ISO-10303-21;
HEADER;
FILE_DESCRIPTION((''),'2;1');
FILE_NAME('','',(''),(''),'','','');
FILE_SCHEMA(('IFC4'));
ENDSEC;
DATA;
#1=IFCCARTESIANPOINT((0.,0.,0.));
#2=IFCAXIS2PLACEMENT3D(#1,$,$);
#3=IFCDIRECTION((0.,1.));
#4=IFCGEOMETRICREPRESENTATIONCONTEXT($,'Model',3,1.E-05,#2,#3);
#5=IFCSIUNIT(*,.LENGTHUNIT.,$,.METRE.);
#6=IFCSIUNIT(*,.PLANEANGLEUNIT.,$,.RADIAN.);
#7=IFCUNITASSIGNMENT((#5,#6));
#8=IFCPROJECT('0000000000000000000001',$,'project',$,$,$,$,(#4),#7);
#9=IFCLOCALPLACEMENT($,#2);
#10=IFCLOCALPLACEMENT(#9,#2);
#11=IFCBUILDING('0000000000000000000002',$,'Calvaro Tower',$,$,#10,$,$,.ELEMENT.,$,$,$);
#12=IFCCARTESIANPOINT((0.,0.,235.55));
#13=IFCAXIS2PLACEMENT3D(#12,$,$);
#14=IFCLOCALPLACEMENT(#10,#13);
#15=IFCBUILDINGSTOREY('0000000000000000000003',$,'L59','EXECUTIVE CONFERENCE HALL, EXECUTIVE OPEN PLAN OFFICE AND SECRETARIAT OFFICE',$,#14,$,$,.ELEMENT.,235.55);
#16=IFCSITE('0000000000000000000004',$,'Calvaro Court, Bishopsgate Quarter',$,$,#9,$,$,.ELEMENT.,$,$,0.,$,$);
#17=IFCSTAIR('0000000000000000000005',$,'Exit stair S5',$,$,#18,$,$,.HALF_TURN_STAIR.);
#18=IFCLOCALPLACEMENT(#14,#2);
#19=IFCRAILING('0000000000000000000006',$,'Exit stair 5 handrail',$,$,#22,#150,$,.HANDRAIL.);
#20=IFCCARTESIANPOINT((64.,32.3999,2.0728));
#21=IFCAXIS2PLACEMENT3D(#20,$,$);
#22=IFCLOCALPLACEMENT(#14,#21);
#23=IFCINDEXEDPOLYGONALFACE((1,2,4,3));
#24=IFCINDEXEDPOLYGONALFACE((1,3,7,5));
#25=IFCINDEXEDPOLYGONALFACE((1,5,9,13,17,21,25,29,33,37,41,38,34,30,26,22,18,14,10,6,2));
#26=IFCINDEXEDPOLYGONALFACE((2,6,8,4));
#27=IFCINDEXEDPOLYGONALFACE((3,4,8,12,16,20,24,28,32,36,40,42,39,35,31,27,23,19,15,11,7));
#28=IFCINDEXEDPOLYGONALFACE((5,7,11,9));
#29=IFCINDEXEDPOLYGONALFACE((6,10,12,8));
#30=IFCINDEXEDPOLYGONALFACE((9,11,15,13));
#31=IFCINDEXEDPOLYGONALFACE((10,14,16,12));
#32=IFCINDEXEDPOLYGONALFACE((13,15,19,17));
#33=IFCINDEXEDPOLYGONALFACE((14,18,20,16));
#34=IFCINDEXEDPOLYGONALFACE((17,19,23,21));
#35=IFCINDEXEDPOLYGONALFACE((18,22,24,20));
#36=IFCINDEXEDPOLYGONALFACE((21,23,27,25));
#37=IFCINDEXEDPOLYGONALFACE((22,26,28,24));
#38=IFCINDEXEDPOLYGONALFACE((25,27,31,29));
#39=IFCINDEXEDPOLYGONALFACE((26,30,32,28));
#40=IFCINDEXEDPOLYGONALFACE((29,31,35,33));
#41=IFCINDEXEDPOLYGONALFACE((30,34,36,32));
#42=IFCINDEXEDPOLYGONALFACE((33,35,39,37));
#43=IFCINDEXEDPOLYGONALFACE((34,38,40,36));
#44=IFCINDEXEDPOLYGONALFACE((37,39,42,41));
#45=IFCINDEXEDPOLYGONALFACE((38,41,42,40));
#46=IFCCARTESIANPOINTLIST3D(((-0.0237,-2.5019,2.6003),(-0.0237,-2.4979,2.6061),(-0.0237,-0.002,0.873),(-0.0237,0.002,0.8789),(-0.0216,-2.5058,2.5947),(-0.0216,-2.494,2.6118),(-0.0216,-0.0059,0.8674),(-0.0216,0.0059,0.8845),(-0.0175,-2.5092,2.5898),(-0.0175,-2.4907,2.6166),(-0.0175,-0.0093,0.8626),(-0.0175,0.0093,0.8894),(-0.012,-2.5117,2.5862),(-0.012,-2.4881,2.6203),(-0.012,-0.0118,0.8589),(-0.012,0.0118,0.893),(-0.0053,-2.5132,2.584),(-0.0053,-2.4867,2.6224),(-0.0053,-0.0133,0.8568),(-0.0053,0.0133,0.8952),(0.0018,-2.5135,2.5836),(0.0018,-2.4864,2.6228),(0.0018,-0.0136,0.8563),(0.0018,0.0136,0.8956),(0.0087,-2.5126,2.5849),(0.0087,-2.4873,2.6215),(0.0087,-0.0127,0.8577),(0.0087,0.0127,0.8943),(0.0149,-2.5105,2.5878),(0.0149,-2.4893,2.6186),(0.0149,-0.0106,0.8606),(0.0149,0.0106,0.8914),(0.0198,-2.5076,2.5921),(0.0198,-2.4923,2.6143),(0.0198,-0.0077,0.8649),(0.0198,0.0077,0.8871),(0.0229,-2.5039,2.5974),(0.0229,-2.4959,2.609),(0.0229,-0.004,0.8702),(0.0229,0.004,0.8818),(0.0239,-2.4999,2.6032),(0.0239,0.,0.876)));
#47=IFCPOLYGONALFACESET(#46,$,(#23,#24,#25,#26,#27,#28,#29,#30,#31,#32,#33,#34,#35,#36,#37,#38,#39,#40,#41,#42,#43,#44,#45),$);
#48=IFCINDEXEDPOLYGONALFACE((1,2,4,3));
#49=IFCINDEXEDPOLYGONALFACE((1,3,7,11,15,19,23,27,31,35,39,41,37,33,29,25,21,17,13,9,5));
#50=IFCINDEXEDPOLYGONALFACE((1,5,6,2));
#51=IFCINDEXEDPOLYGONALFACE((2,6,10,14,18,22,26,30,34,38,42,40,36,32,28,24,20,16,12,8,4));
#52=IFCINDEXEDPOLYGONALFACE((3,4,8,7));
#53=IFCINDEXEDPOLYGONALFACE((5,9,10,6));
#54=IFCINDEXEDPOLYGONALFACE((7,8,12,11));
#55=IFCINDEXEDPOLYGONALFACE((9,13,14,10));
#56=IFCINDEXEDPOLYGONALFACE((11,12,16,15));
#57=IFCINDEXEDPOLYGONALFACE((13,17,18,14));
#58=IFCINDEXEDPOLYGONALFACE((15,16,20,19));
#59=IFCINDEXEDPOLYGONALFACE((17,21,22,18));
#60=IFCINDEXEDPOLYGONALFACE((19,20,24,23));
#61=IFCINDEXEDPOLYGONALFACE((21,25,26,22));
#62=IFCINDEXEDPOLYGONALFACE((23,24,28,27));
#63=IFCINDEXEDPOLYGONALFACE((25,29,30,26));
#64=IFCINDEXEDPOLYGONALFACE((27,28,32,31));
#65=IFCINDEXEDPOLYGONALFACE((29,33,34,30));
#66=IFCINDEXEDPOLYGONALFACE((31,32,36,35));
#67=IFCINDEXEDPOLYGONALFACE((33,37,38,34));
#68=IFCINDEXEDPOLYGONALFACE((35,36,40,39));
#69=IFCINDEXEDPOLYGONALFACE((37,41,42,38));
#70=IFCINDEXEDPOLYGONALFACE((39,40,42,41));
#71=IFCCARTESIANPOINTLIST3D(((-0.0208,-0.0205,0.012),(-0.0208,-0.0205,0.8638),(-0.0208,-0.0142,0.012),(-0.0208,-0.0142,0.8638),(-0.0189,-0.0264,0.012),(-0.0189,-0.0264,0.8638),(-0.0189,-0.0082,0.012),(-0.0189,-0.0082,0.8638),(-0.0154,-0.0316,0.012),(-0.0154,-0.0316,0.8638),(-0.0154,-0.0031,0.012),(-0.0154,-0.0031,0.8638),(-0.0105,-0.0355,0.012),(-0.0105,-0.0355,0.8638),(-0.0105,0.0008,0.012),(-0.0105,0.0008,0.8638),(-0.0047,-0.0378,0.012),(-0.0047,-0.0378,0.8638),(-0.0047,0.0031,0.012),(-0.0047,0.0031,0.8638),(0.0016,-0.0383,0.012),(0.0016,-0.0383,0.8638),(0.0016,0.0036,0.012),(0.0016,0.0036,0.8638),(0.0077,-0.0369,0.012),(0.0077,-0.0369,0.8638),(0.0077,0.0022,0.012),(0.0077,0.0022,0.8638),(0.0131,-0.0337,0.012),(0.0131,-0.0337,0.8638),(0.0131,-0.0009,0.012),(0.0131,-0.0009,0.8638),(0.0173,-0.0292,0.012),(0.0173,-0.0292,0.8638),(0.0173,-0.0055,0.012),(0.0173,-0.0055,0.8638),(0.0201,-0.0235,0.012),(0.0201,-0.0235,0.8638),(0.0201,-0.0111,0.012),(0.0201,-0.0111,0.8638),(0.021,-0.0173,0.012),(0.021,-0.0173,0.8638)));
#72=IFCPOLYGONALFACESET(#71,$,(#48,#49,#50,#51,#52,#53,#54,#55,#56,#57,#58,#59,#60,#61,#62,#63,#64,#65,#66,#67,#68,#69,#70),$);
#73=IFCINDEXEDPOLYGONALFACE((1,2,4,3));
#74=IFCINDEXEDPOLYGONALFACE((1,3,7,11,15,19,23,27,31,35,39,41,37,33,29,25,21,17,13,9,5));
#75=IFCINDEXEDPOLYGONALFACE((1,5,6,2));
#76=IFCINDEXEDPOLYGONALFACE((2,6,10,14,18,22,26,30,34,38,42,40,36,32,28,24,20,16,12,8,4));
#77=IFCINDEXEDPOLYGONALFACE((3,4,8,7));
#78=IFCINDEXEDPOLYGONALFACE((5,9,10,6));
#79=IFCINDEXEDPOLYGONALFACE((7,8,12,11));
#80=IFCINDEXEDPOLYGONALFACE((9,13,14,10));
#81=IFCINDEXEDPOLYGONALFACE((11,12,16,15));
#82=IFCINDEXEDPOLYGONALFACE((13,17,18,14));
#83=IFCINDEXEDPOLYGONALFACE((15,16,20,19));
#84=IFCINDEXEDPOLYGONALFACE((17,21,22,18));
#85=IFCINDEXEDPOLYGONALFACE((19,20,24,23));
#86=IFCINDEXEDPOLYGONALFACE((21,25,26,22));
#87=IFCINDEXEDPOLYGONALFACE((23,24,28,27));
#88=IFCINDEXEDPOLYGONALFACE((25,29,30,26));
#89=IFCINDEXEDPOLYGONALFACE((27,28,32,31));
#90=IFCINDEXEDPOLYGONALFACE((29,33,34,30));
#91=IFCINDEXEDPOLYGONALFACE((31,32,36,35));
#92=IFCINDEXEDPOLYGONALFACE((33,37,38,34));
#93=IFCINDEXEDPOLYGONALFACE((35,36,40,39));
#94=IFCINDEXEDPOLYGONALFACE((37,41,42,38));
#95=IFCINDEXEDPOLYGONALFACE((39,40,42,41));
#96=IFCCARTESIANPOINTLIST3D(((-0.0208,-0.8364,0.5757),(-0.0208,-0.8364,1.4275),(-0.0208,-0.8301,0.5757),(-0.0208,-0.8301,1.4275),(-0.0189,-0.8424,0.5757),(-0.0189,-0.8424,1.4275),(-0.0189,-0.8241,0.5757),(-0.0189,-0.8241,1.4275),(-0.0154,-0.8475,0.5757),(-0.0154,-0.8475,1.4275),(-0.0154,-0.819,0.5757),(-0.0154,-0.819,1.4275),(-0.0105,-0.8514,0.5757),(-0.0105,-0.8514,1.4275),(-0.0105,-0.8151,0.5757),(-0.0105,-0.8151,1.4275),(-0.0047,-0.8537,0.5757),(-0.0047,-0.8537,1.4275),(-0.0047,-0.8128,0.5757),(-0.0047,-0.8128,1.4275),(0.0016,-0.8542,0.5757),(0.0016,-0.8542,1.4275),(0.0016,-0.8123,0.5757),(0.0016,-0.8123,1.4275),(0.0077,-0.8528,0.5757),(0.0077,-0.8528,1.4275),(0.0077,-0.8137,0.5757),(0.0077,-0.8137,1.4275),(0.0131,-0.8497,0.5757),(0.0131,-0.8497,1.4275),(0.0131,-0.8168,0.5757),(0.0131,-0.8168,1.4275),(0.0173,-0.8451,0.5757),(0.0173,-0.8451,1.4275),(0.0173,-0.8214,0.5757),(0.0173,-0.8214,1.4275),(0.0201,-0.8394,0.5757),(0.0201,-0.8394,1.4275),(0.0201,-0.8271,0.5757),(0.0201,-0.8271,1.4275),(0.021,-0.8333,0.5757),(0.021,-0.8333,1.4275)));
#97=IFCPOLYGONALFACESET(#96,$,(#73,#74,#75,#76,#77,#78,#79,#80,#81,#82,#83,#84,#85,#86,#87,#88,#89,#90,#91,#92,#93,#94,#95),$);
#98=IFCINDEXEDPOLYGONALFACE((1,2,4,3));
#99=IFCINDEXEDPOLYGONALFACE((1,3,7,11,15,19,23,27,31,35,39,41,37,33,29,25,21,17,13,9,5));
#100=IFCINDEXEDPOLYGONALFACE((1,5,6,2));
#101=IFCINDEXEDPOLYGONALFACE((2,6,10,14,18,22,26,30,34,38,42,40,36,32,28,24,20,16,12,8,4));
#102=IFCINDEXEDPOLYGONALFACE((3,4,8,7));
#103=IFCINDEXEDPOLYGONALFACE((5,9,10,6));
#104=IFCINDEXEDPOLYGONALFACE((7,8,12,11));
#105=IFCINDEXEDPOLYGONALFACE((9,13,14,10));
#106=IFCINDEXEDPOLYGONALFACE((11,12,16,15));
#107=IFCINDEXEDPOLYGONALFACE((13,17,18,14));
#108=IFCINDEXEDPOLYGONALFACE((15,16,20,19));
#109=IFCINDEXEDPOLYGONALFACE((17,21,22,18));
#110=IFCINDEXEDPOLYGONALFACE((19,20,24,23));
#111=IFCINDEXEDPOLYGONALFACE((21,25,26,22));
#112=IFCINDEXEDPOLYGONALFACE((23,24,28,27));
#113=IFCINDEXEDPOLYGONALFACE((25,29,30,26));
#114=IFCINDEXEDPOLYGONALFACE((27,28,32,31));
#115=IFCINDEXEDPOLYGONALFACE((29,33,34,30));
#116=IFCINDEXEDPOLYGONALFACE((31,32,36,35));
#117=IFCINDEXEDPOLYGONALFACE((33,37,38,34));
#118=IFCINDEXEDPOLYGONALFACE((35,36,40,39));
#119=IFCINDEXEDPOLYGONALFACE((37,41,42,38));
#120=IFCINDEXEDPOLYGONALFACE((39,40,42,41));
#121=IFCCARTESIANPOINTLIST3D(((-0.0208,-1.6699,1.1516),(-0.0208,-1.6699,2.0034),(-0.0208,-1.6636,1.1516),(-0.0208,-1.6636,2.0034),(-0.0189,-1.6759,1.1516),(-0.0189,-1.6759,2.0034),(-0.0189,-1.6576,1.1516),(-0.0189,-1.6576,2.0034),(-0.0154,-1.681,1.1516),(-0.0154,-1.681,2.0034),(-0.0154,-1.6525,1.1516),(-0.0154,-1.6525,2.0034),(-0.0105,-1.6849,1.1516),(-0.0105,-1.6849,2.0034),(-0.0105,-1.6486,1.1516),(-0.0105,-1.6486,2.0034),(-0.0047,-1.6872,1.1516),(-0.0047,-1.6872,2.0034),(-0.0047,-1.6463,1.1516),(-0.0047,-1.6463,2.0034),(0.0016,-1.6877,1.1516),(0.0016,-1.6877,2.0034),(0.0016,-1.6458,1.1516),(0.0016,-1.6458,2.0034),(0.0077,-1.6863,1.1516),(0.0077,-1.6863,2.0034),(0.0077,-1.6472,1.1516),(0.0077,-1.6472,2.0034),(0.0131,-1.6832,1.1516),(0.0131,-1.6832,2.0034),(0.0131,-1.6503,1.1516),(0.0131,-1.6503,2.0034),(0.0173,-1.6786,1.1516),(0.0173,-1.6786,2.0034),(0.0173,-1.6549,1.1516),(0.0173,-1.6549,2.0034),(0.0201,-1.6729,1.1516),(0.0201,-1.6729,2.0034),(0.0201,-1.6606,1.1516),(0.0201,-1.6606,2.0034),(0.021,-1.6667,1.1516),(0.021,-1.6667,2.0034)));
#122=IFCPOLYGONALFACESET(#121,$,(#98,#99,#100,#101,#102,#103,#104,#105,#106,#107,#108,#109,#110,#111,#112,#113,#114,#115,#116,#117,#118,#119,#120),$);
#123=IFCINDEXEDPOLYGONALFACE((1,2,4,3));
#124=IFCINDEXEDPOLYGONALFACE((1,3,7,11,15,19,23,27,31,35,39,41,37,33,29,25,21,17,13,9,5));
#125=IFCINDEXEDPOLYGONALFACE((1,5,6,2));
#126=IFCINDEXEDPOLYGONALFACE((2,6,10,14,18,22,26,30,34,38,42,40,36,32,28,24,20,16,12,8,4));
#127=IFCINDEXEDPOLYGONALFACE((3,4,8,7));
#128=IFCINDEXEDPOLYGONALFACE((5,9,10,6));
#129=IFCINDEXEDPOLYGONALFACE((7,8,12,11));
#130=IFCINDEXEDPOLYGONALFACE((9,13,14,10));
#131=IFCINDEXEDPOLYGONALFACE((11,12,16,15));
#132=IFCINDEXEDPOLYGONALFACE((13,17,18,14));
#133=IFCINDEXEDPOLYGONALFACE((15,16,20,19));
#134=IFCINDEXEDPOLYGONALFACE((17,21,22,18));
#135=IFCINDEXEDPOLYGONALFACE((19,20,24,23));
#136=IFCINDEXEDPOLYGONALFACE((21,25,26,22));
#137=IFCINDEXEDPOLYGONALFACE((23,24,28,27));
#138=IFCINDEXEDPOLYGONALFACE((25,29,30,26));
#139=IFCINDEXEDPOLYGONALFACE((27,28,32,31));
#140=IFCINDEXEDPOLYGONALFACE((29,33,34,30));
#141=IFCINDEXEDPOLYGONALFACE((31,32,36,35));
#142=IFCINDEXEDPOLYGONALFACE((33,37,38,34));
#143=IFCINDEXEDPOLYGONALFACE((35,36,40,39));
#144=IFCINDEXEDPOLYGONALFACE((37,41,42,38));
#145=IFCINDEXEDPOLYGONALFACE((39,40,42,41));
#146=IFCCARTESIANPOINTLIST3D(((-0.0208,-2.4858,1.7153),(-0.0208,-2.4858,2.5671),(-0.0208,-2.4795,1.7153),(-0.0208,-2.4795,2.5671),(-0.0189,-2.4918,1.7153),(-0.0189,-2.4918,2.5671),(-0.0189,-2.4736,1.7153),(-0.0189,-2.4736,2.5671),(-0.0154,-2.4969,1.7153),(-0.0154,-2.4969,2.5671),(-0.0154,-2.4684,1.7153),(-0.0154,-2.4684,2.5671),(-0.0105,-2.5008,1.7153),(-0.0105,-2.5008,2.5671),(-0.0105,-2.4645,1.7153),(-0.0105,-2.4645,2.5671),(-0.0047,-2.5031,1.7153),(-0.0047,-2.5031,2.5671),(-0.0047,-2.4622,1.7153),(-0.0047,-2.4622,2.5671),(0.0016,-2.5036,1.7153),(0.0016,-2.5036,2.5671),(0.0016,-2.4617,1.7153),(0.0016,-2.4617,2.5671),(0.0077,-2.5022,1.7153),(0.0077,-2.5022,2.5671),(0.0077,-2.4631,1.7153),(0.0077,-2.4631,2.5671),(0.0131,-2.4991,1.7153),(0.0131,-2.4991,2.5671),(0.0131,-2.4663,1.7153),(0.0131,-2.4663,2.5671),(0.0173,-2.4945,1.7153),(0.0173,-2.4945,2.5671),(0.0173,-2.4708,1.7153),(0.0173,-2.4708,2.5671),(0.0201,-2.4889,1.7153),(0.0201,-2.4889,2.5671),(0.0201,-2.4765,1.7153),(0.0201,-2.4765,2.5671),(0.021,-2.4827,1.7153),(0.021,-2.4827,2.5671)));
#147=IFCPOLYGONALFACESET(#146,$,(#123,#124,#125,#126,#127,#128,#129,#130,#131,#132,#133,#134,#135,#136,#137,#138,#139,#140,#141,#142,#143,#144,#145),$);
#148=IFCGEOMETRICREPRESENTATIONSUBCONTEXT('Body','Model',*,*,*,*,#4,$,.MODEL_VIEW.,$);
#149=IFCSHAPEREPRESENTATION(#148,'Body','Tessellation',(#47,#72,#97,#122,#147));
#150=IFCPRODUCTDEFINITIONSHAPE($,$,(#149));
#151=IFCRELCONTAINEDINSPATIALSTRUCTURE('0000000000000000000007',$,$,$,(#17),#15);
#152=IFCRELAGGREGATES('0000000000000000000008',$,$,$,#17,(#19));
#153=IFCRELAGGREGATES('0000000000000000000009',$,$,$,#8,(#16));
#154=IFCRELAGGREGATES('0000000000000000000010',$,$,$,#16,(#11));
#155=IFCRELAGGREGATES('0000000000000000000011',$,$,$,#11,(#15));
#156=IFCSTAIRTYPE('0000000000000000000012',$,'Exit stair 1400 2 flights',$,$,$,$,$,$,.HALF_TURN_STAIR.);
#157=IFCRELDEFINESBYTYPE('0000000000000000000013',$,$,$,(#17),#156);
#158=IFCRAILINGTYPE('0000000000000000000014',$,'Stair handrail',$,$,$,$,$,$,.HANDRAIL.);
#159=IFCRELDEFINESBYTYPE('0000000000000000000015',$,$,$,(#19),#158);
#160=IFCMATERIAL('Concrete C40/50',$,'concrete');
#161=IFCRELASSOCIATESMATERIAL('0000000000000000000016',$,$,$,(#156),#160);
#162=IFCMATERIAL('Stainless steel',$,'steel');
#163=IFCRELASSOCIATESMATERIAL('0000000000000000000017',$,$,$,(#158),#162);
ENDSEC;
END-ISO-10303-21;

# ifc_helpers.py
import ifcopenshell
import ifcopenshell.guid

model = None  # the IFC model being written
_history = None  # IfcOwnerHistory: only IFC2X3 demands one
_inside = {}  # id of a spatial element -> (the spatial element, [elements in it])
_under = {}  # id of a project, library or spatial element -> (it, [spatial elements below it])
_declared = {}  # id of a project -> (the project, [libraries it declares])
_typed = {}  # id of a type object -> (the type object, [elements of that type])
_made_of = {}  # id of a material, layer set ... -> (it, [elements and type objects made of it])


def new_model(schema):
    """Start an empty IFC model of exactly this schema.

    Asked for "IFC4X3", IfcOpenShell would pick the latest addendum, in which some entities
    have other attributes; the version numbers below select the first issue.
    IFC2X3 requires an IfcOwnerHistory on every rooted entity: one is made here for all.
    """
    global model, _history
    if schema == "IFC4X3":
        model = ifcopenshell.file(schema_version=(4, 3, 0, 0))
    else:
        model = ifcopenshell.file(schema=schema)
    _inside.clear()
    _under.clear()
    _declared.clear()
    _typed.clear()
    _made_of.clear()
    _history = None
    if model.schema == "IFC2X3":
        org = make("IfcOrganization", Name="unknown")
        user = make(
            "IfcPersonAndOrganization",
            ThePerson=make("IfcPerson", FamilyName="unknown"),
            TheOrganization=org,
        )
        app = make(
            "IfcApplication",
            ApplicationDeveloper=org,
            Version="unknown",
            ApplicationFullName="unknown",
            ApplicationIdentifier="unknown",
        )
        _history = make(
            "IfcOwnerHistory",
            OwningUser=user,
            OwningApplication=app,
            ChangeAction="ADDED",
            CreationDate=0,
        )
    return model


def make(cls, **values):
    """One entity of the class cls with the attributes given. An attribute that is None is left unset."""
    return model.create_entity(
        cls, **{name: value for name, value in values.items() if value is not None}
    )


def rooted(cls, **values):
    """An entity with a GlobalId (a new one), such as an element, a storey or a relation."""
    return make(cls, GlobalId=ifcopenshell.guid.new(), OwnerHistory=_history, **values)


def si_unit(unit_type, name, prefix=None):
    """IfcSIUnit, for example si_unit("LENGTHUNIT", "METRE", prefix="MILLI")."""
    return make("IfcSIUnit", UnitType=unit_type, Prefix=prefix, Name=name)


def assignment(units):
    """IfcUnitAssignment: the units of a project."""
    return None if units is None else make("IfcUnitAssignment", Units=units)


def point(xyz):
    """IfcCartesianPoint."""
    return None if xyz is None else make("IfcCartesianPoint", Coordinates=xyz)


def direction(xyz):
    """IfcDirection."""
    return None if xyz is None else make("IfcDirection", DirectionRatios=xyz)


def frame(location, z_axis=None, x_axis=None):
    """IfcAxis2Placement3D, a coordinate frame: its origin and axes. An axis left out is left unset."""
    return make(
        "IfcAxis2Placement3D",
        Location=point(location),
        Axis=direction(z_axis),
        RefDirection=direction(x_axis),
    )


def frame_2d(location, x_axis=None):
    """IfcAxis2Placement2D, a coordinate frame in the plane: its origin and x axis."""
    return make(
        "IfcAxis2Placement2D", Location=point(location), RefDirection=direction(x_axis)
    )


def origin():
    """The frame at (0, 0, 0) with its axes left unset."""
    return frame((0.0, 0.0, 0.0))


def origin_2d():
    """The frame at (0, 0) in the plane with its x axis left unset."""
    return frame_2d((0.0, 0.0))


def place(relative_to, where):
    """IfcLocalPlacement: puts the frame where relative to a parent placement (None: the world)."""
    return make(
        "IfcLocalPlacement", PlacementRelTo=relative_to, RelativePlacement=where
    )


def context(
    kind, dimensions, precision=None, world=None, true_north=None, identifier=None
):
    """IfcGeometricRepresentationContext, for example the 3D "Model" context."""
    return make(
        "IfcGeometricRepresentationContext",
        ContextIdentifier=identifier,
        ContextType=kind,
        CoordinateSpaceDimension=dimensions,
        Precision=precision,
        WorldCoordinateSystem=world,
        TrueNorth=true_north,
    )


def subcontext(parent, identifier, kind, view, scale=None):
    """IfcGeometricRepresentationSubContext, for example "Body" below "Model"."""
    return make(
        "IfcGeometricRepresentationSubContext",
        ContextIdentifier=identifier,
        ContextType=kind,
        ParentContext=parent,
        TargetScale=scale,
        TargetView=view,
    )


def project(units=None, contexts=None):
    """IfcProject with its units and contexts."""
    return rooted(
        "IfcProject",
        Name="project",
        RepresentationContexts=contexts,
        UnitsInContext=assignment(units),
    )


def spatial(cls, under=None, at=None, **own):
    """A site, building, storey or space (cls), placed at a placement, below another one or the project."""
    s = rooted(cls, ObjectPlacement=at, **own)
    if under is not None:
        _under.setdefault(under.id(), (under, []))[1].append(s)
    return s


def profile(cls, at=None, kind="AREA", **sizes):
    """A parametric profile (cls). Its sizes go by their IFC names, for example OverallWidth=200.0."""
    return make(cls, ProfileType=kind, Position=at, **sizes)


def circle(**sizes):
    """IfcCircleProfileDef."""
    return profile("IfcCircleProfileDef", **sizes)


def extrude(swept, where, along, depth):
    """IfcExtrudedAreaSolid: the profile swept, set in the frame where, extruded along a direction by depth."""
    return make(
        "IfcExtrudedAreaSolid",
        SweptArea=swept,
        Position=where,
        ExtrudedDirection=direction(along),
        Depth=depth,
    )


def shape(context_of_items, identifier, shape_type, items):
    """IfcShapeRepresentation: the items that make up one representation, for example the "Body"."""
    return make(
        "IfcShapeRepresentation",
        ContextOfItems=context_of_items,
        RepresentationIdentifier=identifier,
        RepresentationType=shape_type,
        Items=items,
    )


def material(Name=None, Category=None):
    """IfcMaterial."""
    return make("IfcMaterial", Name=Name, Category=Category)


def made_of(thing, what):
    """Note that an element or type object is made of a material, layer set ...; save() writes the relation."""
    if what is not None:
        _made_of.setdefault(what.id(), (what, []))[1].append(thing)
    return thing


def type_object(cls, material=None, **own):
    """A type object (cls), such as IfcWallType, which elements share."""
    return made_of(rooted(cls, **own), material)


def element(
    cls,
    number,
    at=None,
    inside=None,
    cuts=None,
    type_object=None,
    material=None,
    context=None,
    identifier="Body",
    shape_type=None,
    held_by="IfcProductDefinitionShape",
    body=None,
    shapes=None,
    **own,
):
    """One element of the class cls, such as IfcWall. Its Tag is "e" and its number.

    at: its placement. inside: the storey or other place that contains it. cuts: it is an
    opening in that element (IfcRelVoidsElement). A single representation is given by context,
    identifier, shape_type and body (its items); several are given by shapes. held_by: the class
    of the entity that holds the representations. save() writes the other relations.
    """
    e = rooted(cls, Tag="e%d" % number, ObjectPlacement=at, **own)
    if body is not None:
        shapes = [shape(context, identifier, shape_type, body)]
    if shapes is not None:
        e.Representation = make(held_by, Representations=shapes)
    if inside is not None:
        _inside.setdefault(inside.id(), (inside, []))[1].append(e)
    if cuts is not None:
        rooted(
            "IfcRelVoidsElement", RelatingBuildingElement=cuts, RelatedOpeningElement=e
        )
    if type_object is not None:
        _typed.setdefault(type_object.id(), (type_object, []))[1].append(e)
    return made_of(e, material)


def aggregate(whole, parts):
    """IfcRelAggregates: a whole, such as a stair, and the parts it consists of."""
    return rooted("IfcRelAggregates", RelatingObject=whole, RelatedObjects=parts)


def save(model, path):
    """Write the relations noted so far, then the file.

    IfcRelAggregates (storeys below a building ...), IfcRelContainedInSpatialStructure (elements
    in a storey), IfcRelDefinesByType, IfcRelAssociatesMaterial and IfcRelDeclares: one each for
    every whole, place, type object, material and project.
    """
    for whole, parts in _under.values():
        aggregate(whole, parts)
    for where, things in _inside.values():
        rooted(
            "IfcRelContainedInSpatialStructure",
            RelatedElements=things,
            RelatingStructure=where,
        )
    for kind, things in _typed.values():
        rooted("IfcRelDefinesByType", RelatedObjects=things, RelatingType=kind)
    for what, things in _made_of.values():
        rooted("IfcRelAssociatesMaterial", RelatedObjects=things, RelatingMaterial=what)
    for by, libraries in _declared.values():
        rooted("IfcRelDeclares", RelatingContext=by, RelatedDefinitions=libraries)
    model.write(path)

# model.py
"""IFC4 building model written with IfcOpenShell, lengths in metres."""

from ifc_helpers import new_model, si_unit, direction, frame, origin, origin_2d, place, context, subcontext, project, spatial, circle, extrude, material, type_object, element, aggregate, save


model = new_model("IFC4")

# Units and contexts
model_context = context("Model", 3, precision=1e-05, world=origin(), true_north=direction((0.0, 1.0)))
body_context = subcontext(model_context, "Body", "Model", "MODEL_VIEW")
ifc_project = project(units=[si_unit("LENGTHUNIT", "METRE"), si_unit("PLANEANGLEUNIT", "RADIAN")], contexts=[model_context])

# Site, building, storey
site_placement = place(None, origin())
site = spatial("IfcSite", under=ifc_project, at=site_placement, Name="Calvaro Court, Bishopsgate Quarter", CompositionType="ELEMENT", RefElevation=0.0)
building_placement = place(site_placement, origin())
building = spatial("IfcBuilding", under=site, at=building_placement, Name="Calvaro Tower", CompositionType="ELEMENT")
storey_placement = place(building_placement, frame((0.0, 0.0, 235.55)))
storey = spatial("IfcBuildingStorey", under=building, at=storey_placement, Name="L59", Description="EXECUTIVE CONFERENCE HALL, EXECUTIVE OPEN PLAN OFFICE AND SECRETARIAT OFFICE", CompositionType="ELEMENT", Elevation=235.55)

# Stair, railing
ifc_material_1 = material(Name="Concrete C40/50", Category="concrete")
stair_type = type_object("IfcStairType", Name="Exit stair 1400 2 flights", PredefinedType="HALF_TURN_STAIR", material=ifc_material_1)
stair_placement = place(storey_placement, origin())
stair = element("IfcStair", 1, at=stair_placement, inside=storey, type_object=stair_type, Name="Exit stair S5", PredefinedType="HALF_TURN_STAIR")
ifc_material_2 = material(Name="Stainless steel", Category="steel")
railing_type = type_object("IfcRailingType", Name="Stair handrail", PredefinedType="HANDRAIL", material=ifc_material_2)
railing_1_placement = place(storey_placement, frame((64.0, 32.3999, 2.0728)))
railing_1 = element("IfcRailing", 2, at=railing_1_placement, type_object=railing_type, Name="Exit stair 5 handrail", PredefinedType="HANDRAIL", context=body_context, shape_type="SweptSolid", body=[
    extrude(circle(Radius=0.0239, at=origin_2d()), frame((0.0, 0.0, 0.876), z_axis=(0.0, -0.822727, 0.568437), x_axis=(1.0, 0.0, 0.0)), (0.0, 0.0, 1.0), 3.0386),
    extrude(circle(Radius=0.021, at=origin_2d()), frame((0.0, -0.0173, 0.012)), (0.0, 0.0, 1.0), 0.8518),
    extrude(circle(Radius=0.021, at=origin_2d()), frame((0.0, -0.8333, 0.5757)), (0.0, 0.0, 1.0), 0.8518),
    extrude(circle(Radius=0.021, at=origin_2d()), frame((0.0, -1.6667, 1.1516)), (0.0, 0.0, 1.0), 0.8518),
    extrude(circle(Radius=0.021, at=origin_2d()), frame((0.0, -2.4827, 1.7153)), (0.0, 0.0, 1.0), 0.8518),
])
aggregate(stair, [railing_1])

save(model, "model.ifc")
